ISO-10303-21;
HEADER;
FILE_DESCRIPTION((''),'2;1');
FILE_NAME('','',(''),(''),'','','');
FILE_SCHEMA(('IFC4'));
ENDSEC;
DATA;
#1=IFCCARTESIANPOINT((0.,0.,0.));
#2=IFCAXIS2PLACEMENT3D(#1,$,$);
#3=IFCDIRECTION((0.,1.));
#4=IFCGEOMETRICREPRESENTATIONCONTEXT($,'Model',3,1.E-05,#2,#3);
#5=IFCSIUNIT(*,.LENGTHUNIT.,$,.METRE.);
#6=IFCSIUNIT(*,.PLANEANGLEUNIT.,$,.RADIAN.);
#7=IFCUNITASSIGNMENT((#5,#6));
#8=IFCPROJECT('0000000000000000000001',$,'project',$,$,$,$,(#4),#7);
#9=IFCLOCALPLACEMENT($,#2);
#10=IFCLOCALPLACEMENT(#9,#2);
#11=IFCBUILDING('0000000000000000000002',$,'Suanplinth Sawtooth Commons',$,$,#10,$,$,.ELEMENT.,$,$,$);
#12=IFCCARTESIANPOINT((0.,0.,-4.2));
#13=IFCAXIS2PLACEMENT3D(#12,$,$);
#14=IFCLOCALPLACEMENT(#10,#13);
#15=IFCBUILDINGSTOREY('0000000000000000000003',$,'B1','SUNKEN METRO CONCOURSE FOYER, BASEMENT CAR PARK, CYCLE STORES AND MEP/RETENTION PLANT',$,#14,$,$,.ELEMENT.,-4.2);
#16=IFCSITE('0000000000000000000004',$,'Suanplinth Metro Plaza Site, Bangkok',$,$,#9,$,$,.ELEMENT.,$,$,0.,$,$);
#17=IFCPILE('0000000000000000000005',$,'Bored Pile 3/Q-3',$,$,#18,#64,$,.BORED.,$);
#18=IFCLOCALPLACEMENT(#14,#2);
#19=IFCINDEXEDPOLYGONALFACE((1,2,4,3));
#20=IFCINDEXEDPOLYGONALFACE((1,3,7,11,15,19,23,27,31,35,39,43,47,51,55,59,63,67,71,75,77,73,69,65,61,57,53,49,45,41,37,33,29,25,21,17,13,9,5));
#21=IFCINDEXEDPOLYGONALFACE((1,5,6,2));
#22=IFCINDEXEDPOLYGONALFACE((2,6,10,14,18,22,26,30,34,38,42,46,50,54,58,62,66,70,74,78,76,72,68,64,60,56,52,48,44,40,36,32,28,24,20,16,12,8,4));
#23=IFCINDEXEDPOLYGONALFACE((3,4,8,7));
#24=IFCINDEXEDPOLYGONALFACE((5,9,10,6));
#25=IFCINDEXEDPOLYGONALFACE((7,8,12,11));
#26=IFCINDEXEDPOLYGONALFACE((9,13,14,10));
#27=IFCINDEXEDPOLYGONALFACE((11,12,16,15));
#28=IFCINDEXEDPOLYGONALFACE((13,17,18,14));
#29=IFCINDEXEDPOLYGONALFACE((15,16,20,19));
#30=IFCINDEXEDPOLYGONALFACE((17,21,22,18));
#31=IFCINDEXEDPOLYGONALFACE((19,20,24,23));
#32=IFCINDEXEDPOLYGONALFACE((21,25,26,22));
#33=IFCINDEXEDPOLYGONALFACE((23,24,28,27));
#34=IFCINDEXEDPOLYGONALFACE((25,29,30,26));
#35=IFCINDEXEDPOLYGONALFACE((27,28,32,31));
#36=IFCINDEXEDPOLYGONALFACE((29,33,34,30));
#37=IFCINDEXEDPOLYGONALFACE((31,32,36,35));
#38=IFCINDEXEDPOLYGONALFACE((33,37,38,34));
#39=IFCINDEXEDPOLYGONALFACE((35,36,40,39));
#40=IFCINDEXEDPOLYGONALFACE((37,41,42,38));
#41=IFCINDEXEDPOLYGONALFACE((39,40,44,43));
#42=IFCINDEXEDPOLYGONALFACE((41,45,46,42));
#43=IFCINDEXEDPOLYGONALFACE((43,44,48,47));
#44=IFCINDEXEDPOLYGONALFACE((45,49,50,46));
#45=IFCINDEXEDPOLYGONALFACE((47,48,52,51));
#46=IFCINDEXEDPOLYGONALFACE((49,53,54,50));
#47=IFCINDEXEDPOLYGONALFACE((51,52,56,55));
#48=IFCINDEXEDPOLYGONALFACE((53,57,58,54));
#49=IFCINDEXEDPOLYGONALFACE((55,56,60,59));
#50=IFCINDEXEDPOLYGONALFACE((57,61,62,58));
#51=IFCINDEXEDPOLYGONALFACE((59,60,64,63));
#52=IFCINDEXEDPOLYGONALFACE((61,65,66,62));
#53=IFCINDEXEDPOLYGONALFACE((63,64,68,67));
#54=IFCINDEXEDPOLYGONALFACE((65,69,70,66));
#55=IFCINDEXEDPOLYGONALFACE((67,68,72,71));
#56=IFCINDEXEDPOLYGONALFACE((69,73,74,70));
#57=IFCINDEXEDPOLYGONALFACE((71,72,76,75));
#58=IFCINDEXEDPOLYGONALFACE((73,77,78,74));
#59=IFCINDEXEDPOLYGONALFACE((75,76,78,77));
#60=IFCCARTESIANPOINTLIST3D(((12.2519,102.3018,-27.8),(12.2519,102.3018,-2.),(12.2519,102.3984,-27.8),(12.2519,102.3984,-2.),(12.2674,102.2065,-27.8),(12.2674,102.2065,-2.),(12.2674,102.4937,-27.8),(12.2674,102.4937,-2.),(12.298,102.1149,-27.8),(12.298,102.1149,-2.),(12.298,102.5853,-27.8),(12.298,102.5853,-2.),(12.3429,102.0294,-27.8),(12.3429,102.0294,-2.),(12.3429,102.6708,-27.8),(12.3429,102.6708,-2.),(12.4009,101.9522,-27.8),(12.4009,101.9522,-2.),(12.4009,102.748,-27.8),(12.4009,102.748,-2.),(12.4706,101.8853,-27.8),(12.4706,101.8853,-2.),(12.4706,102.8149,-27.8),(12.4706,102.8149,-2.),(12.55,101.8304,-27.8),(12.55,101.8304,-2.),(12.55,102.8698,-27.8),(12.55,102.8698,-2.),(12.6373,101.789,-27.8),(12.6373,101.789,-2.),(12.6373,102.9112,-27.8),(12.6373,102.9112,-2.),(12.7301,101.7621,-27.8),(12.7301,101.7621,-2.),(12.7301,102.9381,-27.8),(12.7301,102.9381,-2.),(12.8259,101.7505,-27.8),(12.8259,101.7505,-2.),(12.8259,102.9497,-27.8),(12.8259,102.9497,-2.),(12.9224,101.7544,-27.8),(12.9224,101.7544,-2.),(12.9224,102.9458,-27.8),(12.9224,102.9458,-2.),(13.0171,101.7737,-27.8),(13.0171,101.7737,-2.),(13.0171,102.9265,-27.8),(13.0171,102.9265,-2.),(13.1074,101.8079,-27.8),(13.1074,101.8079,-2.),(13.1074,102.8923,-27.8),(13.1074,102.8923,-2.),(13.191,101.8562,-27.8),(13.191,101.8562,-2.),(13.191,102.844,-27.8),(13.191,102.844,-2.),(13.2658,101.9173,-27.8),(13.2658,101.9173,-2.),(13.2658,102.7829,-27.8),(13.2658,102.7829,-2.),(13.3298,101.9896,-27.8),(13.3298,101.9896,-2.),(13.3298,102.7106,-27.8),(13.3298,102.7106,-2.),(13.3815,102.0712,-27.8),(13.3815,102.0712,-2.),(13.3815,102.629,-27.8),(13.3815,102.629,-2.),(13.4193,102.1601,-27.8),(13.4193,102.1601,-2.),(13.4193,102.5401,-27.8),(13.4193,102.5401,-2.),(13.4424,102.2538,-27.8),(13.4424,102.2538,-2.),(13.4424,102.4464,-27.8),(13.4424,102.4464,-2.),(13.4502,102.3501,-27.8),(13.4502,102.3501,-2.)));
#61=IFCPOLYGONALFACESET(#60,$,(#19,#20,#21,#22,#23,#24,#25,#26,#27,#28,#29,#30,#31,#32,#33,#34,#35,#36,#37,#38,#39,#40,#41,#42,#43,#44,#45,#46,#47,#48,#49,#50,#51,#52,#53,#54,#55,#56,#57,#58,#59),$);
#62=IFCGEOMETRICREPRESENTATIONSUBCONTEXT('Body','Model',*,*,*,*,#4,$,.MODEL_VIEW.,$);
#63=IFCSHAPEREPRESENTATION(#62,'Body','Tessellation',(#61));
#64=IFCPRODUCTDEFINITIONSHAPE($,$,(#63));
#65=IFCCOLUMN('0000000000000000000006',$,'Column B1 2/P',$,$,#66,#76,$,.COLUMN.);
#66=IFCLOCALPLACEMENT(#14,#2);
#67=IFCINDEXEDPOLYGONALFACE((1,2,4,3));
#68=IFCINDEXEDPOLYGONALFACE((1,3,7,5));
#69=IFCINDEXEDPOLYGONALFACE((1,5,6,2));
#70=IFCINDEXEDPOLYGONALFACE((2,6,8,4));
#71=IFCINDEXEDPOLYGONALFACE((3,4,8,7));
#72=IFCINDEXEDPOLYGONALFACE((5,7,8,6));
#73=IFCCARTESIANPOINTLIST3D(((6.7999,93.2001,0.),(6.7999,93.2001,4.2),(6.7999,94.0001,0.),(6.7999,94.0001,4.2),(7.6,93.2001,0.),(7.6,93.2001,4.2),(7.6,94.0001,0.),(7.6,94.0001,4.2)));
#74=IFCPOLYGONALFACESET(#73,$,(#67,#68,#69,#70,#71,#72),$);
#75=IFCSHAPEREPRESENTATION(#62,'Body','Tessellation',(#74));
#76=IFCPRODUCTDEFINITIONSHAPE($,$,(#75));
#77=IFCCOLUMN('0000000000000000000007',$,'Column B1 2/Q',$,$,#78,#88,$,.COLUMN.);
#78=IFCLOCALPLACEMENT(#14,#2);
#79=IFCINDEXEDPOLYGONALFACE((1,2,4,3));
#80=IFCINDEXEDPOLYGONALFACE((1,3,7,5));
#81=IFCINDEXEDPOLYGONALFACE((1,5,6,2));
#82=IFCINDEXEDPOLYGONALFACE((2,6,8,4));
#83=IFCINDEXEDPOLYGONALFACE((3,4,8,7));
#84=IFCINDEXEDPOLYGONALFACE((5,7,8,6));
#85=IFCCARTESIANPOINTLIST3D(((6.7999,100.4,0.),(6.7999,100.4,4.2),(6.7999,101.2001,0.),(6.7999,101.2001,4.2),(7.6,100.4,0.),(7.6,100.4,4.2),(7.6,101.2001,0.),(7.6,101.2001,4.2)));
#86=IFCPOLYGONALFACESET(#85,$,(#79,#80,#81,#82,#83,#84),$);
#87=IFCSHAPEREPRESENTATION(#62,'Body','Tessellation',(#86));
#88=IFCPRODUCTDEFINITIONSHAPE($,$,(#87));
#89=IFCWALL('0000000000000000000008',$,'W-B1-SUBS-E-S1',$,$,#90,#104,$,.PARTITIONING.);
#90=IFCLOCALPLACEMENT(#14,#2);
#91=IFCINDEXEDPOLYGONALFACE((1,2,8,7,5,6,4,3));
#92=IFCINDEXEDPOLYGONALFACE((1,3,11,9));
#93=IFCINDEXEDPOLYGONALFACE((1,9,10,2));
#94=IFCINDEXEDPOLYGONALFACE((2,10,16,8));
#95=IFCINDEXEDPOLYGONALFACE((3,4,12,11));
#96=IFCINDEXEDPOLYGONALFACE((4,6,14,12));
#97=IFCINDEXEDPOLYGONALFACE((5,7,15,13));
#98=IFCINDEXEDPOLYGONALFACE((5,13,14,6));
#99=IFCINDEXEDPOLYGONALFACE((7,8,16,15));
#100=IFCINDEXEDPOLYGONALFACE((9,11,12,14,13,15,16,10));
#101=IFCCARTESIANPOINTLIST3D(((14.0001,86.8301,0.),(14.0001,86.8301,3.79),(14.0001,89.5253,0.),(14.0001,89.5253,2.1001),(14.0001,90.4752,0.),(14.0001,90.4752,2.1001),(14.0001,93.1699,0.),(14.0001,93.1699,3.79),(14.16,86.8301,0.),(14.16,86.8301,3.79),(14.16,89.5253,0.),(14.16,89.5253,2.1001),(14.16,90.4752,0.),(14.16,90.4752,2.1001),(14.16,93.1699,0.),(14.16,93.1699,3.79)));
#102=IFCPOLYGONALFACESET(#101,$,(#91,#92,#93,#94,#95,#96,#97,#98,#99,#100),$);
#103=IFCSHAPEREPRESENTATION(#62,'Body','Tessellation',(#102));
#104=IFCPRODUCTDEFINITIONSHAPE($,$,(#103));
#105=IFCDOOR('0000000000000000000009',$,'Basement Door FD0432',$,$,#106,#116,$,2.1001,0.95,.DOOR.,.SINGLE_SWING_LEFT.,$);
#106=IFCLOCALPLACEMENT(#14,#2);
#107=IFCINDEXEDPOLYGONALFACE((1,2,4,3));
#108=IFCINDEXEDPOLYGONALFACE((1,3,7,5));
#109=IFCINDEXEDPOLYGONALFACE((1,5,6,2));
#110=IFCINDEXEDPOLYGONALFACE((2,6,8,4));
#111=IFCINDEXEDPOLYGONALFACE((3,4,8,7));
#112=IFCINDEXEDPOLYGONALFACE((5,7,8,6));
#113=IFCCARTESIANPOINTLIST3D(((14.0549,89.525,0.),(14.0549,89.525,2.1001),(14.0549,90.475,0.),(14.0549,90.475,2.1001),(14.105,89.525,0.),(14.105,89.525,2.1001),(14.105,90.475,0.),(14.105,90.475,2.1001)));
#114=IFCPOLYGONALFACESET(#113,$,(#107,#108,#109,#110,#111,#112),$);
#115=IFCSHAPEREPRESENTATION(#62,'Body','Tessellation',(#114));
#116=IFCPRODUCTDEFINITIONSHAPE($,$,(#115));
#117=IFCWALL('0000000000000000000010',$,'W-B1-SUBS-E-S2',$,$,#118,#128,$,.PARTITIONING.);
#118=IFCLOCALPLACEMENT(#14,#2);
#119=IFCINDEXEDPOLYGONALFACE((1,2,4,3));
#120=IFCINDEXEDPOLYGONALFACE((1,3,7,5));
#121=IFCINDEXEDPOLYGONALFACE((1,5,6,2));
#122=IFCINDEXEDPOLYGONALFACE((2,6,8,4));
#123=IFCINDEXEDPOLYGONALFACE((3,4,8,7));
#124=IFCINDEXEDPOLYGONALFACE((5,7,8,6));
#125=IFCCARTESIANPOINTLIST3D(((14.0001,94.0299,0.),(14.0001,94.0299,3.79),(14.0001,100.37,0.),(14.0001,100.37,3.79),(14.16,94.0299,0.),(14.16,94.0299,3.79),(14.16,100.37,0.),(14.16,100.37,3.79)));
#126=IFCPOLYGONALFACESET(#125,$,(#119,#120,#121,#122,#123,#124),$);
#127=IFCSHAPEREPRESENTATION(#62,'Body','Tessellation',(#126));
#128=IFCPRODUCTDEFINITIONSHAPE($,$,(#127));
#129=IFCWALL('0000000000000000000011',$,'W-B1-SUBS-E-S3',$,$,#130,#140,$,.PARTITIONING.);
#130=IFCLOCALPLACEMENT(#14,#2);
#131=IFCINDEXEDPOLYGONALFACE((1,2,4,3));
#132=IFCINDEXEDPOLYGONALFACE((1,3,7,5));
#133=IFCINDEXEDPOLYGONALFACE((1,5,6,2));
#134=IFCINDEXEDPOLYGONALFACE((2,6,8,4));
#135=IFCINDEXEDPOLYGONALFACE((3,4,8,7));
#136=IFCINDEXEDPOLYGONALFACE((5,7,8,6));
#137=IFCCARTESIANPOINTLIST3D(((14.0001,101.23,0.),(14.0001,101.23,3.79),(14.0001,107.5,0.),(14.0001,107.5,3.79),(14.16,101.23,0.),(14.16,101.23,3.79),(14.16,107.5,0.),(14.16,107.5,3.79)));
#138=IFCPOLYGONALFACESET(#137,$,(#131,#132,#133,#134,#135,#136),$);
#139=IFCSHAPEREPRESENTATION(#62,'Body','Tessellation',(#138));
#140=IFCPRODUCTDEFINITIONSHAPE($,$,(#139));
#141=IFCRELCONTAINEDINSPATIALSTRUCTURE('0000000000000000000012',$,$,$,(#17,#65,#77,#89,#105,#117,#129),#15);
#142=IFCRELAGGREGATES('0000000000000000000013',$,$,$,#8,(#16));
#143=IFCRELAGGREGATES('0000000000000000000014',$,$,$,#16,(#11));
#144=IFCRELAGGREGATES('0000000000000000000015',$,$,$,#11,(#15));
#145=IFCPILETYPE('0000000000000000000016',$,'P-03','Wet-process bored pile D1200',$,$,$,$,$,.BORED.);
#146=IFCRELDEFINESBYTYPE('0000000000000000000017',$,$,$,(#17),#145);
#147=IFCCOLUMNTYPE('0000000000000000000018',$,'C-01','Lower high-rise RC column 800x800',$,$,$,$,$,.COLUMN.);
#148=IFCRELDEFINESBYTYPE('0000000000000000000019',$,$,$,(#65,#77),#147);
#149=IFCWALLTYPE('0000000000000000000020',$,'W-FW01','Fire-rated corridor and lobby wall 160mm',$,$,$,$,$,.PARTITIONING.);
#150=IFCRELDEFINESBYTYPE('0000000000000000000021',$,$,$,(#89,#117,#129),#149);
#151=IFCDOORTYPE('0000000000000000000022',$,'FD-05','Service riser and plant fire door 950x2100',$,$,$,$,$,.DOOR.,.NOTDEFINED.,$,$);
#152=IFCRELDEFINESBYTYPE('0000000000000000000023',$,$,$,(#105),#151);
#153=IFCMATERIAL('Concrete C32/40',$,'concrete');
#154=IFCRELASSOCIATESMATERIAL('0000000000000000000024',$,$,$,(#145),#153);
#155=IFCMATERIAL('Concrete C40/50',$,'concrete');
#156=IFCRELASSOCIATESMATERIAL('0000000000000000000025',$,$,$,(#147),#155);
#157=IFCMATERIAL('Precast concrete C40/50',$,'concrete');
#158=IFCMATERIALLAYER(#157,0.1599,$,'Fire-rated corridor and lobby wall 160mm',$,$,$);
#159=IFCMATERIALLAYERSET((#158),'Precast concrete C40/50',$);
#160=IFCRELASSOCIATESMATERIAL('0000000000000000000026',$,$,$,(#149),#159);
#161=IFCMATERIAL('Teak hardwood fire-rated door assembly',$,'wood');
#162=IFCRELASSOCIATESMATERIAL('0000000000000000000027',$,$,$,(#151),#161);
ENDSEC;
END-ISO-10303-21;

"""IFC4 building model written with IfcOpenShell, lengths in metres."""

from ifc_helpers import new_model, si_unit, direction, frame, frame_2d, origin, origin_2d, place, context, subcontext, project, spatial, rectangle, circle, extrude, material, layer, layer_set, material_profile, profile_set, type_object, element, fill, save


model = new_model("IFC4")

# Units and contexts
model_context = context("Model", 3, precision=1e-05, world=origin(), true_north=direction((0.0, 1.0)))
body_context = subcontext(model_context, "Body", "Model", "MODEL_VIEW")
ifc_project = project(units=[si_unit("LENGTHUNIT", "METRE"), si_unit("PLANEANGLEUNIT", "RADIAN")], contexts=[model_context])

# Site, building, storey
site_placement = place(None, origin())
site = spatial("IfcSite", under=ifc_project, at=site_placement, Name="Suanplinth Metro Plaza Site, Bangkok", CompositionType="ELEMENT", RefElevation=0.0)
building_placement = place(site_placement, origin())
building = spatial("IfcBuilding", under=site, at=building_placement, Name="Suanplinth Sawtooth Commons", CompositionType="ELEMENT")
storey_placement = place(building_placement, frame((0.0, 0.0, -4.2)))
storey = spatial("IfcBuildingStorey", under=building, at=storey_placement, Name="B1", Description="SUNKEN METRO CONCOURSE FOYER, BASEMENT CAR PARK, CYCLE STORES AND MEP/RETENTION PLANT", CompositionType="ELEMENT", Elevation=-4.2)

# Pile
ifc_material_1 = material(Name="Concrete C32/40", Category="concrete")
ifc_material_profile_1 = material_profile(ifc_material_1, circle(Radius=0.6001, at=origin_2d()), Name="PILE D1200")
ifc_profile_set_1 = profile_set([ifc_material_profile_1], Name="Concrete C32/40")
pile_type = type_object("IfcPileType", Name="P-03", Description="Wet-process bored pile D1200", PredefinedType="BORED", material=ifc_profile_set_1)
for number, where, z_axis, x_axis, name in (
    (1, (12.8501, 102.3501, -2.0), (0.0, 0.0, -1.0), (1.0, 0.0, 0.0), "Bored Pile 3/Q-3"),
):
    element("IfcPile", number, at=place(storey_placement, frame(where, z_axis=z_axis, x_axis=x_axis)), inside=storey, type_object=pile_type, Name=name, PredefinedType="BORED", context=body_context, shape_type="SweptSolid", body=[
        extrude(circle(Radius=0.6001, at=origin_2d()), origin(), (0.0, 0.0, 1.0), 25.8),
    ])

# Columns
ifc_material_2 = material(Name="Concrete C40/50", Category="concrete")
ifc_material_profile_2 = material_profile(ifc_material_2, rectangle(XDim=0.8, YDim=0.8, at=origin_2d()), Name="RC-COL 800x800")
ifc_profile_set_2 = profile_set([ifc_material_profile_2], Name="Concrete C40/50")
column_type = type_object("IfcColumnType", Name="C-01", Description="Lower high-rise RC column 800x800", PredefinedType="COLUMN", material=ifc_profile_set_2)
for number, where, z_axis, x_axis, name in (
    (2, (7.2, 93.6001, 0.0), (0.0, 0.0, 1.0), (1.0, 0.0, 0.0), "Column B1 2/P"),
    (3, (7.2, 100.8, 0.0), (0.0, 0.0, 1.0), (1.0, 0.0, 0.0), "Column B1 2/Q"),
):
    element("IfcColumn", number, at=place(storey_placement, frame(where, z_axis=z_axis, x_axis=x_axis)), inside=storey, type_object=column_type, Name=name, PredefinedType="COLUMN", context=body_context, shape_type="SweptSolid", body=[
        extrude(rectangle(XDim=0.8, YDim=0.8, at=origin_2d()), origin(), (0.0, 0.0, 1.0), 4.2),
    ])

# Wall, opening, door
ifc_material_3 = material(Name="Precast concrete C40/50", Category="concrete")
ifc_layer = layer(ifc_material_3, 0.1599, Name="Fire-rated corridor and lobby wall 160mm")
ifc_layer_set = layer_set([ifc_layer], Name="Precast concrete C40/50")
wall_type = type_object("IfcWallType", Name="W-FW01", Description="Fire-rated corridor and lobby wall 160mm", PredefinedType="PARTITIONING", material=ifc_layer_set)
wall_1_placement = place(storey_placement, frame((14.0801, 86.8301, 0.0), z_axis=(0.0, 0.0, 1.0), x_axis=(0.0, 1.0, 0.0)))
wall_1 = element("IfcWall", 4, at=wall_1_placement, inside=storey, type_object=wall_type, Name="W-B1-SUBS-E-S1", PredefinedType="PARTITIONING", context=body_context, shape_type="SweptSolid", body=[
    extrude(rectangle(XDim=6.3398, YDim=0.1599, at=frame_2d((3.1699, 0.0))), origin(), (0.0, 0.0, 1.0), 3.79),
])
opening_placement = place(wall_1_placement, frame((2.6951, 0.0, 0.0)))
opening = element("IfcOpeningElement", 5, at=opening_placement, cuts=wall_1, PredefinedType="OPENING", context=body_context, shape_type="SweptSolid", body=[
    extrude(rectangle(XDim=0.95, YDim=2.1001, at=frame_2d((0.4751, 1.05))), frame((0.0, 0.0947, 0.0), z_axis=(0.0, -1.0, 0.0), x_axis=(1.0, 0.0, 0.0)), (0.0, 0.0, 1.0), 0.1897),
])
ifc_material_4 = material(Name="Teak hardwood fire-rated door assembly", Category="wood")
door_type = type_object("IfcDoorType", Name="FD-05", Description="Service riser and plant fire door 950x2100", OperationType="NOTDEFINED", PredefinedType="DOOR", material=ifc_material_4)
door_placement = place(opening_placement, frame((0.95, 0.0, 0.0), z_axis=(0.0, 0.0, 1.0), x_axis=(-1.0, 0.0, 0.0)))
door = element("IfcDoor", 6, at=door_placement, inside=storey, type_object=door_type, Name="Basement Door FD0432", OperationType="SINGLE_SWING_LEFT", OverallHeight=2.1001, OverallWidth=0.95, PredefinedType="DOOR", context=body_context, shape_type="SweptSolid", body=[
    extrude(rectangle(XDim=0.95, YDim=2.1001, at=frame_2d((0.4751, 1.05))), frame((0.0, 0.0249, 0.0), z_axis=(0.0, -1.0, 0.0), x_axis=(1.0, 0.0, 0.0)), (0.0, 0.0, 1.0), 0.05),
])
fill(opening, door)

# Walls
wall_2_placement = place(storey_placement, frame((14.0801, 94.03, 0.0), z_axis=(0.0, 0.0, 1.0), x_axis=(0.0, 1.0, 0.0)))
element("IfcWall", 7, at=wall_2_placement, inside=storey, type_object=wall_type, Name="W-B1-SUBS-E-S2", PredefinedType="PARTITIONING", context=body_context, shape_type="SweptSolid", body=[
    extrude(rectangle(XDim=6.3401, YDim=0.1599, at=frame_2d((3.1699, 0.0))), origin(), (0.0, 0.0, 1.0), 3.79),
])
wall_3_placement = place(storey_placement, frame((14.0801, 101.23, 0.0), z_axis=(0.0, 0.0, 1.0), x_axis=(0.0, 1.0, 0.0)))
element("IfcWall", 8, at=wall_3_placement, inside=storey, type_object=wall_type, Name="W-B1-SUBS-E-S3", PredefinedType="PARTITIONING", context=body_context, shape_type="SweptSolid", body=[
    extrude(rectangle(XDim=6.27, YDim=0.1599, at=frame_2d((3.135, 0.0))), origin(), (0.0, 0.0, 1.0), 3.79),
])

save(model, "model.ifc")
